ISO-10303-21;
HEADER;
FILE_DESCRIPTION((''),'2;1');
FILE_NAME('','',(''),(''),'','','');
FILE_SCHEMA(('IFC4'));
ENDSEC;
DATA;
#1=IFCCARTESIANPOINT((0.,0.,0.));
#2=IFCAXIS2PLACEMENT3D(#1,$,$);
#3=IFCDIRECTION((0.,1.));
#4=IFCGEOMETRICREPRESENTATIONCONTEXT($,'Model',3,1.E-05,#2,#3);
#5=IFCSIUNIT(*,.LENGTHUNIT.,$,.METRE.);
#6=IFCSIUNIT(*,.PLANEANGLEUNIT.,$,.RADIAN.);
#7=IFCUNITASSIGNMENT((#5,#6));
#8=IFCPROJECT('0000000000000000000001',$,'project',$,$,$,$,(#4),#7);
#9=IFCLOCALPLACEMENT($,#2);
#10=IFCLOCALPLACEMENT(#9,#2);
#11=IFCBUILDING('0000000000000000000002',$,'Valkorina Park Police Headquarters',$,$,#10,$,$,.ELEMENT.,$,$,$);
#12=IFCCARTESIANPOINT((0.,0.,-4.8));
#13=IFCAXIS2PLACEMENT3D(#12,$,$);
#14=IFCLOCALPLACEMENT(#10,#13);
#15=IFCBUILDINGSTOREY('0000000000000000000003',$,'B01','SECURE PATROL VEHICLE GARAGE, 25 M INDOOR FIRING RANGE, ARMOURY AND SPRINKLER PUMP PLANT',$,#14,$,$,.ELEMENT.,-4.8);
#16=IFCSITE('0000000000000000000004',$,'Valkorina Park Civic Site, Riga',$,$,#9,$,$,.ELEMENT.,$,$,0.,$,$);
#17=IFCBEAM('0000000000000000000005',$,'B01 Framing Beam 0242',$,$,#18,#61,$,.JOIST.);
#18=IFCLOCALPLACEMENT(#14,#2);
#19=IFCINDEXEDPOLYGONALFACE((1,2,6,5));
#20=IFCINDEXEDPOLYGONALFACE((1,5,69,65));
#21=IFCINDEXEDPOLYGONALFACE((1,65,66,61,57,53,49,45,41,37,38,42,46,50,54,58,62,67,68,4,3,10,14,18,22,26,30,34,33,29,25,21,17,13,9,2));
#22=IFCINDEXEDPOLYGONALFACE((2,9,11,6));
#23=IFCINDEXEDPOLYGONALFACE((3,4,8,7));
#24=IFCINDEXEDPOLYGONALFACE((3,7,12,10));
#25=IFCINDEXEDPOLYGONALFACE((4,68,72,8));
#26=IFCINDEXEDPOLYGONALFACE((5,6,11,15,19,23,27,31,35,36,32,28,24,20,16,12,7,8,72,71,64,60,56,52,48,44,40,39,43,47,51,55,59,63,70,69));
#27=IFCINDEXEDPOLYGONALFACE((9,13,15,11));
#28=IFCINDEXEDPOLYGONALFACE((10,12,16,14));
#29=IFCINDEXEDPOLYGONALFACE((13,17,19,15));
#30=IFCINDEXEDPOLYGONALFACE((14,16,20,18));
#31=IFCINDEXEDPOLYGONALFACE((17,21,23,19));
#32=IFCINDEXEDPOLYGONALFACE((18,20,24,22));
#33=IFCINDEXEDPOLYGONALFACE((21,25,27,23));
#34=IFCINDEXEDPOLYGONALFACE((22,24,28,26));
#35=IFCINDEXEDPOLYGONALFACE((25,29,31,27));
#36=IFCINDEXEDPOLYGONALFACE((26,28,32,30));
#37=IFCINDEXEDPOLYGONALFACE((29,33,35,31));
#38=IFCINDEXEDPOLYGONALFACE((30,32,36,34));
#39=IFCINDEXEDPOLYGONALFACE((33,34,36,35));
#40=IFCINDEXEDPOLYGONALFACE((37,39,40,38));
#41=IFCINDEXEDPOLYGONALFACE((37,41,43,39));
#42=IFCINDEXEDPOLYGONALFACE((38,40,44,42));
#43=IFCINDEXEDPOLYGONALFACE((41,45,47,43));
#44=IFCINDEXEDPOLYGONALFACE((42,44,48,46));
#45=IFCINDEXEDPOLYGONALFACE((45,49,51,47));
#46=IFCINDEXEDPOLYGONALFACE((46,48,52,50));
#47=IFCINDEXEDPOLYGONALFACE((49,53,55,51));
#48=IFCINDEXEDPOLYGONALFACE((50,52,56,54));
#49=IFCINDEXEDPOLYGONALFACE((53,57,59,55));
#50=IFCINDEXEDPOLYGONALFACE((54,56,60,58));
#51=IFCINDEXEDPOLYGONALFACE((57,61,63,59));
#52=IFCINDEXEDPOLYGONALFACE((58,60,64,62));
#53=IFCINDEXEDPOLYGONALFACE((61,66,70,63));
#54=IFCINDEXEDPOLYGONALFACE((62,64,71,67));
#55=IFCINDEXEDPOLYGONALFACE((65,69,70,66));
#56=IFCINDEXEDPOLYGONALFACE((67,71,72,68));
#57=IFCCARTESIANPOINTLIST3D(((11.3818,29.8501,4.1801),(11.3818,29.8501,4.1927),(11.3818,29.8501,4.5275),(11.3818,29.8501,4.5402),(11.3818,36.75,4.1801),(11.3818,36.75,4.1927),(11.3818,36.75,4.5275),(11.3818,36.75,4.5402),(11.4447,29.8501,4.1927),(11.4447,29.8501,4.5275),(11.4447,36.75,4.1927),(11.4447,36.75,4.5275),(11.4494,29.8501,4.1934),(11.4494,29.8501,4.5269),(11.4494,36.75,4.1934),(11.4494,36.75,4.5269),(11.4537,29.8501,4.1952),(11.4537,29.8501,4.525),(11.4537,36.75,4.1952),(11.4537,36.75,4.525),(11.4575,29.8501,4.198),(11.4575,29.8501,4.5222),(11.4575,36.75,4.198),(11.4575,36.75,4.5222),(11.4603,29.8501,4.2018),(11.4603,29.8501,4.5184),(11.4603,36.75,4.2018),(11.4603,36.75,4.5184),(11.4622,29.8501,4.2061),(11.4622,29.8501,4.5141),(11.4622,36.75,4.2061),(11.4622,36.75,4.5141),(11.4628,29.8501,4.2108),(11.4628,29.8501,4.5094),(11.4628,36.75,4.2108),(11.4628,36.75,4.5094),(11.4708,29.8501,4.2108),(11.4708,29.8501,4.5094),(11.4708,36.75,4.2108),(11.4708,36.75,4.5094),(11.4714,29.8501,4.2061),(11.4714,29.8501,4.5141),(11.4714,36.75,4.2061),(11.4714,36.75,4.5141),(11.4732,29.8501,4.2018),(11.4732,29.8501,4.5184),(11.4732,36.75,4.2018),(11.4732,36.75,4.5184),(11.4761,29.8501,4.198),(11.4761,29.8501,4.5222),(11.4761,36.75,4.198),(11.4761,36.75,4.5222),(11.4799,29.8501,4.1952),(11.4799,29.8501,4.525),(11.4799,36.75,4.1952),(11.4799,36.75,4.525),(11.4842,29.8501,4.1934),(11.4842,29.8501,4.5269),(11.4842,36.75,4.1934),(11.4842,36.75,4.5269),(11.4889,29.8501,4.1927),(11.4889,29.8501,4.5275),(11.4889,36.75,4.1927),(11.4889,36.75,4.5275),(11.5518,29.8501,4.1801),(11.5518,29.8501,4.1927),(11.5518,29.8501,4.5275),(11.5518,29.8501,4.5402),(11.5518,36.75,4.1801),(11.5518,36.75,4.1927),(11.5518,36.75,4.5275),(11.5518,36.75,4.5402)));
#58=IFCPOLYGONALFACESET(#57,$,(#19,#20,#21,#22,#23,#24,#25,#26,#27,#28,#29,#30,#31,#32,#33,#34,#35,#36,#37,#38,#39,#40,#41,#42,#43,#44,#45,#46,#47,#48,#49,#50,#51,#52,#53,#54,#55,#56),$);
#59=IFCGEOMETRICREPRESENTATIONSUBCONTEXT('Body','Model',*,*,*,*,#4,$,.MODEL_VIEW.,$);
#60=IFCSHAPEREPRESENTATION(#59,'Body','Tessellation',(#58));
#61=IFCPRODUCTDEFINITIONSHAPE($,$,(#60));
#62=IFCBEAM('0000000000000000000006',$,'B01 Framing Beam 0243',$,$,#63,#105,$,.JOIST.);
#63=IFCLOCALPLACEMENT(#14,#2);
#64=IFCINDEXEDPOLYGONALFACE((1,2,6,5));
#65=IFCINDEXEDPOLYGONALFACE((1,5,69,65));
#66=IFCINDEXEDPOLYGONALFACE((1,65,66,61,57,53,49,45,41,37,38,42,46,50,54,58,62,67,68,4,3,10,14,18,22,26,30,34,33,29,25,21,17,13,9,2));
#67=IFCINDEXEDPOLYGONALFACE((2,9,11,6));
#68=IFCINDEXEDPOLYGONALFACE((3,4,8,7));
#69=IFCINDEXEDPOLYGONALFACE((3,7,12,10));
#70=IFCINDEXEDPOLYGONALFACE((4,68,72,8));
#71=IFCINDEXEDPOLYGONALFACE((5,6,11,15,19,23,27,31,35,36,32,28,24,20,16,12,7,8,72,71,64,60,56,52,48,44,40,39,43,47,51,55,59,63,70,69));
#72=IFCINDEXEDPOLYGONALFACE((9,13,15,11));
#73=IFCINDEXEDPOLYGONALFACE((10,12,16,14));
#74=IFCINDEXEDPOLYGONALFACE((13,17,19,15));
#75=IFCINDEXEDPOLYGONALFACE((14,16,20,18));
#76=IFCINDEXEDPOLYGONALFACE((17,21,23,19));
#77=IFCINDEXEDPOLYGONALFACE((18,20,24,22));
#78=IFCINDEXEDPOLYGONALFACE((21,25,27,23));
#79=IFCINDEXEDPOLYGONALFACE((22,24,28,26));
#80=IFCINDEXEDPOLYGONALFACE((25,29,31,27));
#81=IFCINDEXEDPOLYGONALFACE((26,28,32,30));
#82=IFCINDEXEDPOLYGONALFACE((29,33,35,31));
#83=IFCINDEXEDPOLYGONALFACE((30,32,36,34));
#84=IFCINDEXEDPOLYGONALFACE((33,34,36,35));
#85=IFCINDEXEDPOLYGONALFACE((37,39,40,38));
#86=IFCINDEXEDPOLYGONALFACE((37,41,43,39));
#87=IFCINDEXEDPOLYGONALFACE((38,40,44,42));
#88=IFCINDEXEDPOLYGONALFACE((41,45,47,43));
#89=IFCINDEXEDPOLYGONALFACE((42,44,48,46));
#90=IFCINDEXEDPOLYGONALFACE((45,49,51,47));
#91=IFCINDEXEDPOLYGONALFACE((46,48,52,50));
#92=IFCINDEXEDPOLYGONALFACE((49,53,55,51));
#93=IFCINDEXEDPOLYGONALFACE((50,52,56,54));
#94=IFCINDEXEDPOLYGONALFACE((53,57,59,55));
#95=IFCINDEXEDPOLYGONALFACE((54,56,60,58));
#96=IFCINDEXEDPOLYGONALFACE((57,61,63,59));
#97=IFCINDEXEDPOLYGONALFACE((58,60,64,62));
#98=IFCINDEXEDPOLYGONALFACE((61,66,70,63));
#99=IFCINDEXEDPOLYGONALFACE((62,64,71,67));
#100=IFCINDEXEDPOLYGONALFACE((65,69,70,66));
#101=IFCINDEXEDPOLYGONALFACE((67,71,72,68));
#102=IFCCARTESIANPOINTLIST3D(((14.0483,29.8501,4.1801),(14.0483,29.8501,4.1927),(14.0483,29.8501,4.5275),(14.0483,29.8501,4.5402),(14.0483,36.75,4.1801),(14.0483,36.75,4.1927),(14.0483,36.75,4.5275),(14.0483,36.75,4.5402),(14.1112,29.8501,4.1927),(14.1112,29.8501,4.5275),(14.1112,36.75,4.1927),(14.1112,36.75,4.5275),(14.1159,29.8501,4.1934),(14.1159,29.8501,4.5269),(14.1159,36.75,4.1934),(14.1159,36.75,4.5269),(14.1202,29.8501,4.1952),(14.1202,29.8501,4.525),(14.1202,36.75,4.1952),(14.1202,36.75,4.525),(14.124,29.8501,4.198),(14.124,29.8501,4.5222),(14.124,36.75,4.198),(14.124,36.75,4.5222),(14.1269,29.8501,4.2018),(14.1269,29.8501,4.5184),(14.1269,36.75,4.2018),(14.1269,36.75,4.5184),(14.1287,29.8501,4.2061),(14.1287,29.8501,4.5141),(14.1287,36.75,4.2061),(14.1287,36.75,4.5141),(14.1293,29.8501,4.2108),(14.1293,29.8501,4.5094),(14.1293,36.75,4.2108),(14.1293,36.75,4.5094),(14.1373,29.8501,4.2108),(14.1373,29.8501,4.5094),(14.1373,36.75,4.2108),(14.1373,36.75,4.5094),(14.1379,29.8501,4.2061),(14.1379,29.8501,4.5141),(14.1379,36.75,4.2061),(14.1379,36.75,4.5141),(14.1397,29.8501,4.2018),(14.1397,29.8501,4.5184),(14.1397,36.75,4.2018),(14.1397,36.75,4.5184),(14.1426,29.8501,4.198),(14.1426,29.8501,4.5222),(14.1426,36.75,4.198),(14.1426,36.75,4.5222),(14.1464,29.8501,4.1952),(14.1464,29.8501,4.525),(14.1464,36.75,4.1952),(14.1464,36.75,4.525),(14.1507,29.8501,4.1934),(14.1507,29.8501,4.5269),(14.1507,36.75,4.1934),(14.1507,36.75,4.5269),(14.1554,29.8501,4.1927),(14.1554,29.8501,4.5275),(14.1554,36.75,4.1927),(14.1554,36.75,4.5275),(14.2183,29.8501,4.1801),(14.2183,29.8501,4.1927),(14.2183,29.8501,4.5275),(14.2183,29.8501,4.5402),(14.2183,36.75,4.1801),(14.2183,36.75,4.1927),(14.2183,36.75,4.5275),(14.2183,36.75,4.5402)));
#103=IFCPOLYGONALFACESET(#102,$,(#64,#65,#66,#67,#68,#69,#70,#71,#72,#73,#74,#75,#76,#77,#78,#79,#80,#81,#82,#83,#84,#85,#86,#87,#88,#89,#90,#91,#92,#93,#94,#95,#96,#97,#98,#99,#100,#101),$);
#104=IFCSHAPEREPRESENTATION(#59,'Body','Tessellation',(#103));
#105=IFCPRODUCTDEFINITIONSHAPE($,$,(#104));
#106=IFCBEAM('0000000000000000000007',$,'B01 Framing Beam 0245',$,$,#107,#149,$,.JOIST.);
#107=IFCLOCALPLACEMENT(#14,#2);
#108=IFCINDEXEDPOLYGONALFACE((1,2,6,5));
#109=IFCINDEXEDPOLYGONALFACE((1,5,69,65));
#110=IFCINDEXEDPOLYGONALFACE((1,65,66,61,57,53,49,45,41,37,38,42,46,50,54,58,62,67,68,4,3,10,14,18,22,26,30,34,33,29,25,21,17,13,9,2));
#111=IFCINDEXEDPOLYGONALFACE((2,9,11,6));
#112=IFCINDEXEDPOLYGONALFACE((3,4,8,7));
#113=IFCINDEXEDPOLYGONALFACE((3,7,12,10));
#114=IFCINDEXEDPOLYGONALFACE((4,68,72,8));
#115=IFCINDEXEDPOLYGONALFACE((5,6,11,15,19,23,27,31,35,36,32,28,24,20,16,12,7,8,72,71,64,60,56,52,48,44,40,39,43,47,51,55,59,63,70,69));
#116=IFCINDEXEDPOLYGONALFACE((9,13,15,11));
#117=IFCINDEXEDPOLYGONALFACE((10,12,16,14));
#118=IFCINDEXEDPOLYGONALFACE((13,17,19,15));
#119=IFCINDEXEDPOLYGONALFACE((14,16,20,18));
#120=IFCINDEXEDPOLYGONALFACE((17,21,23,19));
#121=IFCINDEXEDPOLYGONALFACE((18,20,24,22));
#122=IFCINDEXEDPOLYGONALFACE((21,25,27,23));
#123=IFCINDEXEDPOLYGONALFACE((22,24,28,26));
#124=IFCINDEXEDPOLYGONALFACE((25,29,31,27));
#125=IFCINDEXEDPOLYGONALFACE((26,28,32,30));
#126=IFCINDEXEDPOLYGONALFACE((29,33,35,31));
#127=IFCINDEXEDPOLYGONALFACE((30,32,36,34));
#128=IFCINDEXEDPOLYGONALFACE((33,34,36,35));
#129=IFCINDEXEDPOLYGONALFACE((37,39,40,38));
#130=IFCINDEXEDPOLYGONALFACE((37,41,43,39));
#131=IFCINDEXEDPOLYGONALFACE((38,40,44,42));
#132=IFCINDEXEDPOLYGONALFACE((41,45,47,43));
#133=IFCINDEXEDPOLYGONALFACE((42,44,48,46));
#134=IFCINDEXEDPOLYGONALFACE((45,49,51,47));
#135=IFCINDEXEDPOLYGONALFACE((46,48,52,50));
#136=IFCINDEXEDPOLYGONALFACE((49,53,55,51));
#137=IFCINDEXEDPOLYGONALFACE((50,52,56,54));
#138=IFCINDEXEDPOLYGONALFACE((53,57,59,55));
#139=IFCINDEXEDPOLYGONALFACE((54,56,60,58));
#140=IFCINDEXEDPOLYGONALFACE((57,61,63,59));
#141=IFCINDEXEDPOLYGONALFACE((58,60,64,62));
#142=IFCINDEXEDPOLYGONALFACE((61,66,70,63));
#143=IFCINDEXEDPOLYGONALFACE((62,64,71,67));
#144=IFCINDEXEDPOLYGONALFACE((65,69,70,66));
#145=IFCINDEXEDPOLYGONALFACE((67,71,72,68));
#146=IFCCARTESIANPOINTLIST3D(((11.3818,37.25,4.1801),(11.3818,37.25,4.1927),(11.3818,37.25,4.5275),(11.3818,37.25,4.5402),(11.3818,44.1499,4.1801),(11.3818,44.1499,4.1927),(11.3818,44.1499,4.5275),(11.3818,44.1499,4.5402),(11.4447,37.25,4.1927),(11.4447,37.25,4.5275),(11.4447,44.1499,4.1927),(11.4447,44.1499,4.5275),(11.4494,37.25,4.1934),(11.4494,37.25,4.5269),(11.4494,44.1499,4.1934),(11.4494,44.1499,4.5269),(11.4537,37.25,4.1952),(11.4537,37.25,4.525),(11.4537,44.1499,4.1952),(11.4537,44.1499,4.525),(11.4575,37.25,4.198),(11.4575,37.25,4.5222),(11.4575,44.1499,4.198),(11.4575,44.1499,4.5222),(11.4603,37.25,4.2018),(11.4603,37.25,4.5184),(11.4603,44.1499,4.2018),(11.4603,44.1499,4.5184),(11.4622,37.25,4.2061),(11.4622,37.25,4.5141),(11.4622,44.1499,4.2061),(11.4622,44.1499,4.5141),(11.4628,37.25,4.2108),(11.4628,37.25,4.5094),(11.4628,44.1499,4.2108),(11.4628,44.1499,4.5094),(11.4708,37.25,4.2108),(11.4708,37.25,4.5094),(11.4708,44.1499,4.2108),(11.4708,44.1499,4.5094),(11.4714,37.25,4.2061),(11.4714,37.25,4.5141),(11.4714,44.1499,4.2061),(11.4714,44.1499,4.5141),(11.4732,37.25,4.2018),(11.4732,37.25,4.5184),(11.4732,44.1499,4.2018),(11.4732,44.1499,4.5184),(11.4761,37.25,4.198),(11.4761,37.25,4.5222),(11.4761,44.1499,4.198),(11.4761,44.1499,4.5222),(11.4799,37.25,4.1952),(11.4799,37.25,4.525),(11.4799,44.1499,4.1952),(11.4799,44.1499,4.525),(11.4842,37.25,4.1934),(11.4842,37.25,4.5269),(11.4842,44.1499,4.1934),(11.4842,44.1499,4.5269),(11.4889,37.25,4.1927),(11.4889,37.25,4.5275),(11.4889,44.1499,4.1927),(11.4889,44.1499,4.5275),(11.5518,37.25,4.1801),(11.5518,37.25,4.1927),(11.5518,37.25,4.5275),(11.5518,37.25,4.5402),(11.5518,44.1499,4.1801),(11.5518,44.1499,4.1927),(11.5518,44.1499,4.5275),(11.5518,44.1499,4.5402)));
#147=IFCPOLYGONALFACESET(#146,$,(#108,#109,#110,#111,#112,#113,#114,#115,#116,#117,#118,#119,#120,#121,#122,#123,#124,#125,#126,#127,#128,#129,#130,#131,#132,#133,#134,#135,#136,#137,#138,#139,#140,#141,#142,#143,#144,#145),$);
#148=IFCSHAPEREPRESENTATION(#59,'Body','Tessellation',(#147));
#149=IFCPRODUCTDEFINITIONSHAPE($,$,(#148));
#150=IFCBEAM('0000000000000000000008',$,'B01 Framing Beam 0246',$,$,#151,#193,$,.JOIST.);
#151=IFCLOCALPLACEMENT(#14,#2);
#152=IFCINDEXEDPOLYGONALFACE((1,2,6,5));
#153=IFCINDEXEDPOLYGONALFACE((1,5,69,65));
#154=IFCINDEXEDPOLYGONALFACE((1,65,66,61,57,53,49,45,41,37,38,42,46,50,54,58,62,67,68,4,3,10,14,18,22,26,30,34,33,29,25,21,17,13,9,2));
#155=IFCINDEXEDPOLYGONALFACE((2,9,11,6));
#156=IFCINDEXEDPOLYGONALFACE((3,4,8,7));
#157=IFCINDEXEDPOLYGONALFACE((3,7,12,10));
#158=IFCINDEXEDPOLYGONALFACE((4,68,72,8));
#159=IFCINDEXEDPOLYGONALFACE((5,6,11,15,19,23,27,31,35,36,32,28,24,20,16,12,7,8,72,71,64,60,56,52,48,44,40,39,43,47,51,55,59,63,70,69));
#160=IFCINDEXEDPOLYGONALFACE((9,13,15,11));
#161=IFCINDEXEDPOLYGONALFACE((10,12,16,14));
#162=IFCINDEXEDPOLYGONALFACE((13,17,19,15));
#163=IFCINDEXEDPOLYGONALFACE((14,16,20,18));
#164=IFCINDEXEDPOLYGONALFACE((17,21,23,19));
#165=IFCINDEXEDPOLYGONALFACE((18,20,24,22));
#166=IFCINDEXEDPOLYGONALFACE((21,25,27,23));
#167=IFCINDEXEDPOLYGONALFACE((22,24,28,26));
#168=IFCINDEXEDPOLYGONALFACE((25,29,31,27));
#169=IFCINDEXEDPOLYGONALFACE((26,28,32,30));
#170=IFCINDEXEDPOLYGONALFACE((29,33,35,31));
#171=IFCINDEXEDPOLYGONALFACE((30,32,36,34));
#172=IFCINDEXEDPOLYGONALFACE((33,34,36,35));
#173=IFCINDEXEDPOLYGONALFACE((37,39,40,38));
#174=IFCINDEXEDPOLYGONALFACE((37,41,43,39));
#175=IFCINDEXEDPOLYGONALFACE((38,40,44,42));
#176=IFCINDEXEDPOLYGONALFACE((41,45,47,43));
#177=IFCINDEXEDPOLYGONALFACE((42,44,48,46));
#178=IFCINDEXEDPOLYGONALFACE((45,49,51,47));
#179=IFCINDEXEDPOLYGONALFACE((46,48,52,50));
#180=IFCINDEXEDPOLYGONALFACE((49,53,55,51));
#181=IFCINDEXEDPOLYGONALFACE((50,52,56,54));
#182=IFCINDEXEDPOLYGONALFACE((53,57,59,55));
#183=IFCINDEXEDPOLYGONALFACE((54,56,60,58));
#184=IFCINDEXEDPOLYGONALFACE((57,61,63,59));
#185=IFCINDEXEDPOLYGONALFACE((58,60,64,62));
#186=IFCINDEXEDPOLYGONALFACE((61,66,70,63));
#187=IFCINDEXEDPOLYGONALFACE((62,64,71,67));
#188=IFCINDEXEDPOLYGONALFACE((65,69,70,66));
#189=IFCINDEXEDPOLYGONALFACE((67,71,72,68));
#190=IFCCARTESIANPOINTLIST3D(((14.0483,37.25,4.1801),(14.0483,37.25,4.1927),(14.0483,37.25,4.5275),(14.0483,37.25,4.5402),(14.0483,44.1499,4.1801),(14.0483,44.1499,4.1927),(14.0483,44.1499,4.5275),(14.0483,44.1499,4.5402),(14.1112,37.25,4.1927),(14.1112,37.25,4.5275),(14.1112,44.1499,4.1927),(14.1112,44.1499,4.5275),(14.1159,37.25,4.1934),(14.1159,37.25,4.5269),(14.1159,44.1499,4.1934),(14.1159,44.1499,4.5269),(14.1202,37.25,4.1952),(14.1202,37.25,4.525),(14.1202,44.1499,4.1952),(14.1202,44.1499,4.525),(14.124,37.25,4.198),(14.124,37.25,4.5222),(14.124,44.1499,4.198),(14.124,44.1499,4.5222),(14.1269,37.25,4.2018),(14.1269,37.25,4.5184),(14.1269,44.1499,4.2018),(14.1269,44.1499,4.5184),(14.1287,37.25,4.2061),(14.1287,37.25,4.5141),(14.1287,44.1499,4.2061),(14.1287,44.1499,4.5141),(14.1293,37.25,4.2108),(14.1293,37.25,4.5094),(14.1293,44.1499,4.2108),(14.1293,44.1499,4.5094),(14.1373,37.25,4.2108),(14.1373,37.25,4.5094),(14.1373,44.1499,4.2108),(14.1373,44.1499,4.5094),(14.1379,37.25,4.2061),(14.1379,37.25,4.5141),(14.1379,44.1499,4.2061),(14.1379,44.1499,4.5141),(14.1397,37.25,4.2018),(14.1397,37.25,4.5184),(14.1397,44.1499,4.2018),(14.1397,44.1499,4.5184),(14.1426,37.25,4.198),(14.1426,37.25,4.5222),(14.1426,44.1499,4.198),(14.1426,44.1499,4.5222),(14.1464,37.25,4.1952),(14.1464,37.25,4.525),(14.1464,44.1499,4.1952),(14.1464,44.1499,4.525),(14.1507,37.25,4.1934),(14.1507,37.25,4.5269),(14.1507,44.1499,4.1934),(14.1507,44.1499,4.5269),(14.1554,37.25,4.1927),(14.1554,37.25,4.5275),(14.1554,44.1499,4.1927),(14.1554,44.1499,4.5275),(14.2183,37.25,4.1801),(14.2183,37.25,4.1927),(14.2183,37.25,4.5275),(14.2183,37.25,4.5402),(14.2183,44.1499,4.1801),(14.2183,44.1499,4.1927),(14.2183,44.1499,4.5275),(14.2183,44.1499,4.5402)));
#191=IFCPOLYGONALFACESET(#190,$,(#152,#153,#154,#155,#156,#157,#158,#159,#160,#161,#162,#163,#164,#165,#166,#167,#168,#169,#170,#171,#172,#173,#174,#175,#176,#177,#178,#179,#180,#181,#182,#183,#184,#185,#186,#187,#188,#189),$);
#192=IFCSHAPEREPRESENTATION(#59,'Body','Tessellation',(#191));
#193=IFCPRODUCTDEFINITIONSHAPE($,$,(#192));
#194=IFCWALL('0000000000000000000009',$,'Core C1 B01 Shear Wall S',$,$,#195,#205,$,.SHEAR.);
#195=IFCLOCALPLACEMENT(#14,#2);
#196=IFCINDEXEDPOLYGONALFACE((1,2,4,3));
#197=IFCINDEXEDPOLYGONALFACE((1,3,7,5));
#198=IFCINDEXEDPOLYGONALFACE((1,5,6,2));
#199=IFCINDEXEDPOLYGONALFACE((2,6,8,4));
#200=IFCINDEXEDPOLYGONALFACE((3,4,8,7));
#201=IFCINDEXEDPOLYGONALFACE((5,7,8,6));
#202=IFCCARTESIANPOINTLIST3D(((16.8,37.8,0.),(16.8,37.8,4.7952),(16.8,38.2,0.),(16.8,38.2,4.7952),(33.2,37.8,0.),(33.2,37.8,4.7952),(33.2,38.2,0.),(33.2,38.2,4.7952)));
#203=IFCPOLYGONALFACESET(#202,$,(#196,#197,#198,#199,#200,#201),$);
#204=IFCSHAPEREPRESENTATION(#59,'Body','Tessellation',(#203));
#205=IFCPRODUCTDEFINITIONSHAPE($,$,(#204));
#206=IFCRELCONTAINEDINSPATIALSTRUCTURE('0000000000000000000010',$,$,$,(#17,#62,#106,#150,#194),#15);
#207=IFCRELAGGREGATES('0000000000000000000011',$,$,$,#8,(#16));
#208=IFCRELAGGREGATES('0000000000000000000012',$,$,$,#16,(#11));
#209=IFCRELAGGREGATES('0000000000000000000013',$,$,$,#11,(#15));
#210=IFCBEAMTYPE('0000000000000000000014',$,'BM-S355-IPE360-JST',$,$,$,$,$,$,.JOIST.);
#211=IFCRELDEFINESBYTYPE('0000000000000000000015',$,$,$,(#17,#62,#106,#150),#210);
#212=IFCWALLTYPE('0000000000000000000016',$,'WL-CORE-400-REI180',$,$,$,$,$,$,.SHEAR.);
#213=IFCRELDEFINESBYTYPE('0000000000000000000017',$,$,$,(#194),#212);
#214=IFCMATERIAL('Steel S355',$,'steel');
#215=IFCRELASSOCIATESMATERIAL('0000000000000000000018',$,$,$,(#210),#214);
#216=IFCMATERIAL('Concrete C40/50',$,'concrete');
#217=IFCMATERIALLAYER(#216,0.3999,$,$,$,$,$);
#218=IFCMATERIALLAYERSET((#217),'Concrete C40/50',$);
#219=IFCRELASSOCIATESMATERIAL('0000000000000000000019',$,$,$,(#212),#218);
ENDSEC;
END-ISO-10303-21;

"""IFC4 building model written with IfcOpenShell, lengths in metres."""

from ifc_helpers import new_model, si_unit, direction, frame, frame_2d, origin, origin_2d, place, context, subcontext, project, spatial, rectangle, i_section, extrude, material, layer, layer_set, material_profile, profile_set, type_object, element, save


model = new_model("IFC4")

# Units and contexts
model_context = context("Model", 3, precision=1e-05, world=origin(), true_north=direction((0.0, 1.0)))
body_context = subcontext(model_context, "Body", "Model", "MODEL_VIEW")
ifc_project = project(units=[si_unit("LENGTHUNIT", "METRE"), si_unit("PLANEANGLEUNIT", "RADIAN")], contexts=[model_context])

# Site, building, storey
site_placement = place(None, origin())
site = spatial("IfcSite", under=ifc_project, at=site_placement, Name="Valkorina Park Civic Site, Riga", CompositionType="ELEMENT", RefElevation=0.0)
building_placement = place(site_placement, origin())
building = spatial("IfcBuilding", under=site, at=building_placement, Name="Valkorina Park Police Headquarters", CompositionType="ELEMENT")
storey_placement = place(building_placement, frame((0.0, 0.0, -4.8)))
storey = spatial("IfcBuildingStorey", under=building, at=storey_placement, Name="B01", Description="SECURE PATROL VEHICLE GARAGE, 25 M INDOOR FIRING RANGE, ARMOURY AND SPRINKLER PUMP PLANT", CompositionType="ELEMENT", Elevation=-4.8)

# Shared definitions
ifc_material_1 = material(Name="Concrete C40/50", Category="concrete")

# Beams
ifc_material_2 = material(Name="Steel S355", Category="steel")
ifc_material_profile_1 = material_profile(ifc_material_2, i_section(OverallWidth=0.1699, OverallDepth=0.3601, WebThickness=0.0081, FlangeThickness=0.0127, FilletRadius=0.0181, at=origin_2d()), Name="IPE 360")
ifc_profile_set_1 = profile_set([ifc_material_profile_1], Name="Steel S355")
beam_type_1 = type_object("IfcBeamType", Name="BM-S355-IPE360-JST", PredefinedType="JOIST", material=ifc_profile_set_1)
for number, where, z_axis, x_axis, name in (
    (1, (11.4668, 29.8501, 4.3601), (0.0, 1.0, 0.0), (-1.0, 0.0, 0.0), "B01 Framing Beam 0242"),
    (2, (14.1333, 29.8501, 4.3601), (0.0, 1.0, 0.0), (-1.0, 0.0, 0.0), "B01 Framing Beam 0243"),
    (3, (11.4668, 37.25, 4.3601), (0.0, 1.0, 0.0), (-1.0, 0.0, 0.0), "B01 Framing Beam 0245"),
    (4, (14.1333, 37.25, 4.3601), (0.0, 1.0, 0.0), (-1.0, 0.0, 0.0), "B01 Framing Beam 0246"),
):
    element("IfcBeam", number, at=place(storey_placement, frame(where, z_axis=z_axis, x_axis=x_axis)), inside=storey, type_object=beam_type_1, Name=name, PredefinedType="JOIST", context=body_context, shape_type="SweptSolid", body=[
        extrude(i_section(OverallWidth=0.1699, OverallDepth=0.3601, WebThickness=0.0081, FlangeThickness=0.0127, FilletRadius=0.0181, at=origin_2d()), origin(), (0.0, 0.0, 1.0), 6.8999),
    ])

# Wall
ifc_layer_1 = layer(ifc_material_1, 0.3999)
ifc_layer_set_1 = layer_set([ifc_layer_1], Name="Concrete C40/50")
wall_type_1 = type_object("IfcWallType", Name="WL-CORE-400-REI180", PredefinedType="SHEAR", material=ifc_layer_set_1)
wall_1_placement = place(storey_placement, frame((16.8, 38.0, 0.0), z_axis=(0.0, 0.0, 1.0), x_axis=(1.0, 0.0, 0.0)))
element("IfcWall", 5, at=wall_1_placement, inside=storey, type_object=wall_type_1, Name="Core C1 B01 Shear Wall S", PredefinedType="SHEAR", context=body_context, shape_type="SweptSolid", body=[
    extrude(rectangle(XDim=16.3999, YDim=0.3999, at=frame_2d((8.2, 0.0))), origin(), (0.0, 0.0, 1.0), 4.7952),
])

save(model, "model.ifc")
